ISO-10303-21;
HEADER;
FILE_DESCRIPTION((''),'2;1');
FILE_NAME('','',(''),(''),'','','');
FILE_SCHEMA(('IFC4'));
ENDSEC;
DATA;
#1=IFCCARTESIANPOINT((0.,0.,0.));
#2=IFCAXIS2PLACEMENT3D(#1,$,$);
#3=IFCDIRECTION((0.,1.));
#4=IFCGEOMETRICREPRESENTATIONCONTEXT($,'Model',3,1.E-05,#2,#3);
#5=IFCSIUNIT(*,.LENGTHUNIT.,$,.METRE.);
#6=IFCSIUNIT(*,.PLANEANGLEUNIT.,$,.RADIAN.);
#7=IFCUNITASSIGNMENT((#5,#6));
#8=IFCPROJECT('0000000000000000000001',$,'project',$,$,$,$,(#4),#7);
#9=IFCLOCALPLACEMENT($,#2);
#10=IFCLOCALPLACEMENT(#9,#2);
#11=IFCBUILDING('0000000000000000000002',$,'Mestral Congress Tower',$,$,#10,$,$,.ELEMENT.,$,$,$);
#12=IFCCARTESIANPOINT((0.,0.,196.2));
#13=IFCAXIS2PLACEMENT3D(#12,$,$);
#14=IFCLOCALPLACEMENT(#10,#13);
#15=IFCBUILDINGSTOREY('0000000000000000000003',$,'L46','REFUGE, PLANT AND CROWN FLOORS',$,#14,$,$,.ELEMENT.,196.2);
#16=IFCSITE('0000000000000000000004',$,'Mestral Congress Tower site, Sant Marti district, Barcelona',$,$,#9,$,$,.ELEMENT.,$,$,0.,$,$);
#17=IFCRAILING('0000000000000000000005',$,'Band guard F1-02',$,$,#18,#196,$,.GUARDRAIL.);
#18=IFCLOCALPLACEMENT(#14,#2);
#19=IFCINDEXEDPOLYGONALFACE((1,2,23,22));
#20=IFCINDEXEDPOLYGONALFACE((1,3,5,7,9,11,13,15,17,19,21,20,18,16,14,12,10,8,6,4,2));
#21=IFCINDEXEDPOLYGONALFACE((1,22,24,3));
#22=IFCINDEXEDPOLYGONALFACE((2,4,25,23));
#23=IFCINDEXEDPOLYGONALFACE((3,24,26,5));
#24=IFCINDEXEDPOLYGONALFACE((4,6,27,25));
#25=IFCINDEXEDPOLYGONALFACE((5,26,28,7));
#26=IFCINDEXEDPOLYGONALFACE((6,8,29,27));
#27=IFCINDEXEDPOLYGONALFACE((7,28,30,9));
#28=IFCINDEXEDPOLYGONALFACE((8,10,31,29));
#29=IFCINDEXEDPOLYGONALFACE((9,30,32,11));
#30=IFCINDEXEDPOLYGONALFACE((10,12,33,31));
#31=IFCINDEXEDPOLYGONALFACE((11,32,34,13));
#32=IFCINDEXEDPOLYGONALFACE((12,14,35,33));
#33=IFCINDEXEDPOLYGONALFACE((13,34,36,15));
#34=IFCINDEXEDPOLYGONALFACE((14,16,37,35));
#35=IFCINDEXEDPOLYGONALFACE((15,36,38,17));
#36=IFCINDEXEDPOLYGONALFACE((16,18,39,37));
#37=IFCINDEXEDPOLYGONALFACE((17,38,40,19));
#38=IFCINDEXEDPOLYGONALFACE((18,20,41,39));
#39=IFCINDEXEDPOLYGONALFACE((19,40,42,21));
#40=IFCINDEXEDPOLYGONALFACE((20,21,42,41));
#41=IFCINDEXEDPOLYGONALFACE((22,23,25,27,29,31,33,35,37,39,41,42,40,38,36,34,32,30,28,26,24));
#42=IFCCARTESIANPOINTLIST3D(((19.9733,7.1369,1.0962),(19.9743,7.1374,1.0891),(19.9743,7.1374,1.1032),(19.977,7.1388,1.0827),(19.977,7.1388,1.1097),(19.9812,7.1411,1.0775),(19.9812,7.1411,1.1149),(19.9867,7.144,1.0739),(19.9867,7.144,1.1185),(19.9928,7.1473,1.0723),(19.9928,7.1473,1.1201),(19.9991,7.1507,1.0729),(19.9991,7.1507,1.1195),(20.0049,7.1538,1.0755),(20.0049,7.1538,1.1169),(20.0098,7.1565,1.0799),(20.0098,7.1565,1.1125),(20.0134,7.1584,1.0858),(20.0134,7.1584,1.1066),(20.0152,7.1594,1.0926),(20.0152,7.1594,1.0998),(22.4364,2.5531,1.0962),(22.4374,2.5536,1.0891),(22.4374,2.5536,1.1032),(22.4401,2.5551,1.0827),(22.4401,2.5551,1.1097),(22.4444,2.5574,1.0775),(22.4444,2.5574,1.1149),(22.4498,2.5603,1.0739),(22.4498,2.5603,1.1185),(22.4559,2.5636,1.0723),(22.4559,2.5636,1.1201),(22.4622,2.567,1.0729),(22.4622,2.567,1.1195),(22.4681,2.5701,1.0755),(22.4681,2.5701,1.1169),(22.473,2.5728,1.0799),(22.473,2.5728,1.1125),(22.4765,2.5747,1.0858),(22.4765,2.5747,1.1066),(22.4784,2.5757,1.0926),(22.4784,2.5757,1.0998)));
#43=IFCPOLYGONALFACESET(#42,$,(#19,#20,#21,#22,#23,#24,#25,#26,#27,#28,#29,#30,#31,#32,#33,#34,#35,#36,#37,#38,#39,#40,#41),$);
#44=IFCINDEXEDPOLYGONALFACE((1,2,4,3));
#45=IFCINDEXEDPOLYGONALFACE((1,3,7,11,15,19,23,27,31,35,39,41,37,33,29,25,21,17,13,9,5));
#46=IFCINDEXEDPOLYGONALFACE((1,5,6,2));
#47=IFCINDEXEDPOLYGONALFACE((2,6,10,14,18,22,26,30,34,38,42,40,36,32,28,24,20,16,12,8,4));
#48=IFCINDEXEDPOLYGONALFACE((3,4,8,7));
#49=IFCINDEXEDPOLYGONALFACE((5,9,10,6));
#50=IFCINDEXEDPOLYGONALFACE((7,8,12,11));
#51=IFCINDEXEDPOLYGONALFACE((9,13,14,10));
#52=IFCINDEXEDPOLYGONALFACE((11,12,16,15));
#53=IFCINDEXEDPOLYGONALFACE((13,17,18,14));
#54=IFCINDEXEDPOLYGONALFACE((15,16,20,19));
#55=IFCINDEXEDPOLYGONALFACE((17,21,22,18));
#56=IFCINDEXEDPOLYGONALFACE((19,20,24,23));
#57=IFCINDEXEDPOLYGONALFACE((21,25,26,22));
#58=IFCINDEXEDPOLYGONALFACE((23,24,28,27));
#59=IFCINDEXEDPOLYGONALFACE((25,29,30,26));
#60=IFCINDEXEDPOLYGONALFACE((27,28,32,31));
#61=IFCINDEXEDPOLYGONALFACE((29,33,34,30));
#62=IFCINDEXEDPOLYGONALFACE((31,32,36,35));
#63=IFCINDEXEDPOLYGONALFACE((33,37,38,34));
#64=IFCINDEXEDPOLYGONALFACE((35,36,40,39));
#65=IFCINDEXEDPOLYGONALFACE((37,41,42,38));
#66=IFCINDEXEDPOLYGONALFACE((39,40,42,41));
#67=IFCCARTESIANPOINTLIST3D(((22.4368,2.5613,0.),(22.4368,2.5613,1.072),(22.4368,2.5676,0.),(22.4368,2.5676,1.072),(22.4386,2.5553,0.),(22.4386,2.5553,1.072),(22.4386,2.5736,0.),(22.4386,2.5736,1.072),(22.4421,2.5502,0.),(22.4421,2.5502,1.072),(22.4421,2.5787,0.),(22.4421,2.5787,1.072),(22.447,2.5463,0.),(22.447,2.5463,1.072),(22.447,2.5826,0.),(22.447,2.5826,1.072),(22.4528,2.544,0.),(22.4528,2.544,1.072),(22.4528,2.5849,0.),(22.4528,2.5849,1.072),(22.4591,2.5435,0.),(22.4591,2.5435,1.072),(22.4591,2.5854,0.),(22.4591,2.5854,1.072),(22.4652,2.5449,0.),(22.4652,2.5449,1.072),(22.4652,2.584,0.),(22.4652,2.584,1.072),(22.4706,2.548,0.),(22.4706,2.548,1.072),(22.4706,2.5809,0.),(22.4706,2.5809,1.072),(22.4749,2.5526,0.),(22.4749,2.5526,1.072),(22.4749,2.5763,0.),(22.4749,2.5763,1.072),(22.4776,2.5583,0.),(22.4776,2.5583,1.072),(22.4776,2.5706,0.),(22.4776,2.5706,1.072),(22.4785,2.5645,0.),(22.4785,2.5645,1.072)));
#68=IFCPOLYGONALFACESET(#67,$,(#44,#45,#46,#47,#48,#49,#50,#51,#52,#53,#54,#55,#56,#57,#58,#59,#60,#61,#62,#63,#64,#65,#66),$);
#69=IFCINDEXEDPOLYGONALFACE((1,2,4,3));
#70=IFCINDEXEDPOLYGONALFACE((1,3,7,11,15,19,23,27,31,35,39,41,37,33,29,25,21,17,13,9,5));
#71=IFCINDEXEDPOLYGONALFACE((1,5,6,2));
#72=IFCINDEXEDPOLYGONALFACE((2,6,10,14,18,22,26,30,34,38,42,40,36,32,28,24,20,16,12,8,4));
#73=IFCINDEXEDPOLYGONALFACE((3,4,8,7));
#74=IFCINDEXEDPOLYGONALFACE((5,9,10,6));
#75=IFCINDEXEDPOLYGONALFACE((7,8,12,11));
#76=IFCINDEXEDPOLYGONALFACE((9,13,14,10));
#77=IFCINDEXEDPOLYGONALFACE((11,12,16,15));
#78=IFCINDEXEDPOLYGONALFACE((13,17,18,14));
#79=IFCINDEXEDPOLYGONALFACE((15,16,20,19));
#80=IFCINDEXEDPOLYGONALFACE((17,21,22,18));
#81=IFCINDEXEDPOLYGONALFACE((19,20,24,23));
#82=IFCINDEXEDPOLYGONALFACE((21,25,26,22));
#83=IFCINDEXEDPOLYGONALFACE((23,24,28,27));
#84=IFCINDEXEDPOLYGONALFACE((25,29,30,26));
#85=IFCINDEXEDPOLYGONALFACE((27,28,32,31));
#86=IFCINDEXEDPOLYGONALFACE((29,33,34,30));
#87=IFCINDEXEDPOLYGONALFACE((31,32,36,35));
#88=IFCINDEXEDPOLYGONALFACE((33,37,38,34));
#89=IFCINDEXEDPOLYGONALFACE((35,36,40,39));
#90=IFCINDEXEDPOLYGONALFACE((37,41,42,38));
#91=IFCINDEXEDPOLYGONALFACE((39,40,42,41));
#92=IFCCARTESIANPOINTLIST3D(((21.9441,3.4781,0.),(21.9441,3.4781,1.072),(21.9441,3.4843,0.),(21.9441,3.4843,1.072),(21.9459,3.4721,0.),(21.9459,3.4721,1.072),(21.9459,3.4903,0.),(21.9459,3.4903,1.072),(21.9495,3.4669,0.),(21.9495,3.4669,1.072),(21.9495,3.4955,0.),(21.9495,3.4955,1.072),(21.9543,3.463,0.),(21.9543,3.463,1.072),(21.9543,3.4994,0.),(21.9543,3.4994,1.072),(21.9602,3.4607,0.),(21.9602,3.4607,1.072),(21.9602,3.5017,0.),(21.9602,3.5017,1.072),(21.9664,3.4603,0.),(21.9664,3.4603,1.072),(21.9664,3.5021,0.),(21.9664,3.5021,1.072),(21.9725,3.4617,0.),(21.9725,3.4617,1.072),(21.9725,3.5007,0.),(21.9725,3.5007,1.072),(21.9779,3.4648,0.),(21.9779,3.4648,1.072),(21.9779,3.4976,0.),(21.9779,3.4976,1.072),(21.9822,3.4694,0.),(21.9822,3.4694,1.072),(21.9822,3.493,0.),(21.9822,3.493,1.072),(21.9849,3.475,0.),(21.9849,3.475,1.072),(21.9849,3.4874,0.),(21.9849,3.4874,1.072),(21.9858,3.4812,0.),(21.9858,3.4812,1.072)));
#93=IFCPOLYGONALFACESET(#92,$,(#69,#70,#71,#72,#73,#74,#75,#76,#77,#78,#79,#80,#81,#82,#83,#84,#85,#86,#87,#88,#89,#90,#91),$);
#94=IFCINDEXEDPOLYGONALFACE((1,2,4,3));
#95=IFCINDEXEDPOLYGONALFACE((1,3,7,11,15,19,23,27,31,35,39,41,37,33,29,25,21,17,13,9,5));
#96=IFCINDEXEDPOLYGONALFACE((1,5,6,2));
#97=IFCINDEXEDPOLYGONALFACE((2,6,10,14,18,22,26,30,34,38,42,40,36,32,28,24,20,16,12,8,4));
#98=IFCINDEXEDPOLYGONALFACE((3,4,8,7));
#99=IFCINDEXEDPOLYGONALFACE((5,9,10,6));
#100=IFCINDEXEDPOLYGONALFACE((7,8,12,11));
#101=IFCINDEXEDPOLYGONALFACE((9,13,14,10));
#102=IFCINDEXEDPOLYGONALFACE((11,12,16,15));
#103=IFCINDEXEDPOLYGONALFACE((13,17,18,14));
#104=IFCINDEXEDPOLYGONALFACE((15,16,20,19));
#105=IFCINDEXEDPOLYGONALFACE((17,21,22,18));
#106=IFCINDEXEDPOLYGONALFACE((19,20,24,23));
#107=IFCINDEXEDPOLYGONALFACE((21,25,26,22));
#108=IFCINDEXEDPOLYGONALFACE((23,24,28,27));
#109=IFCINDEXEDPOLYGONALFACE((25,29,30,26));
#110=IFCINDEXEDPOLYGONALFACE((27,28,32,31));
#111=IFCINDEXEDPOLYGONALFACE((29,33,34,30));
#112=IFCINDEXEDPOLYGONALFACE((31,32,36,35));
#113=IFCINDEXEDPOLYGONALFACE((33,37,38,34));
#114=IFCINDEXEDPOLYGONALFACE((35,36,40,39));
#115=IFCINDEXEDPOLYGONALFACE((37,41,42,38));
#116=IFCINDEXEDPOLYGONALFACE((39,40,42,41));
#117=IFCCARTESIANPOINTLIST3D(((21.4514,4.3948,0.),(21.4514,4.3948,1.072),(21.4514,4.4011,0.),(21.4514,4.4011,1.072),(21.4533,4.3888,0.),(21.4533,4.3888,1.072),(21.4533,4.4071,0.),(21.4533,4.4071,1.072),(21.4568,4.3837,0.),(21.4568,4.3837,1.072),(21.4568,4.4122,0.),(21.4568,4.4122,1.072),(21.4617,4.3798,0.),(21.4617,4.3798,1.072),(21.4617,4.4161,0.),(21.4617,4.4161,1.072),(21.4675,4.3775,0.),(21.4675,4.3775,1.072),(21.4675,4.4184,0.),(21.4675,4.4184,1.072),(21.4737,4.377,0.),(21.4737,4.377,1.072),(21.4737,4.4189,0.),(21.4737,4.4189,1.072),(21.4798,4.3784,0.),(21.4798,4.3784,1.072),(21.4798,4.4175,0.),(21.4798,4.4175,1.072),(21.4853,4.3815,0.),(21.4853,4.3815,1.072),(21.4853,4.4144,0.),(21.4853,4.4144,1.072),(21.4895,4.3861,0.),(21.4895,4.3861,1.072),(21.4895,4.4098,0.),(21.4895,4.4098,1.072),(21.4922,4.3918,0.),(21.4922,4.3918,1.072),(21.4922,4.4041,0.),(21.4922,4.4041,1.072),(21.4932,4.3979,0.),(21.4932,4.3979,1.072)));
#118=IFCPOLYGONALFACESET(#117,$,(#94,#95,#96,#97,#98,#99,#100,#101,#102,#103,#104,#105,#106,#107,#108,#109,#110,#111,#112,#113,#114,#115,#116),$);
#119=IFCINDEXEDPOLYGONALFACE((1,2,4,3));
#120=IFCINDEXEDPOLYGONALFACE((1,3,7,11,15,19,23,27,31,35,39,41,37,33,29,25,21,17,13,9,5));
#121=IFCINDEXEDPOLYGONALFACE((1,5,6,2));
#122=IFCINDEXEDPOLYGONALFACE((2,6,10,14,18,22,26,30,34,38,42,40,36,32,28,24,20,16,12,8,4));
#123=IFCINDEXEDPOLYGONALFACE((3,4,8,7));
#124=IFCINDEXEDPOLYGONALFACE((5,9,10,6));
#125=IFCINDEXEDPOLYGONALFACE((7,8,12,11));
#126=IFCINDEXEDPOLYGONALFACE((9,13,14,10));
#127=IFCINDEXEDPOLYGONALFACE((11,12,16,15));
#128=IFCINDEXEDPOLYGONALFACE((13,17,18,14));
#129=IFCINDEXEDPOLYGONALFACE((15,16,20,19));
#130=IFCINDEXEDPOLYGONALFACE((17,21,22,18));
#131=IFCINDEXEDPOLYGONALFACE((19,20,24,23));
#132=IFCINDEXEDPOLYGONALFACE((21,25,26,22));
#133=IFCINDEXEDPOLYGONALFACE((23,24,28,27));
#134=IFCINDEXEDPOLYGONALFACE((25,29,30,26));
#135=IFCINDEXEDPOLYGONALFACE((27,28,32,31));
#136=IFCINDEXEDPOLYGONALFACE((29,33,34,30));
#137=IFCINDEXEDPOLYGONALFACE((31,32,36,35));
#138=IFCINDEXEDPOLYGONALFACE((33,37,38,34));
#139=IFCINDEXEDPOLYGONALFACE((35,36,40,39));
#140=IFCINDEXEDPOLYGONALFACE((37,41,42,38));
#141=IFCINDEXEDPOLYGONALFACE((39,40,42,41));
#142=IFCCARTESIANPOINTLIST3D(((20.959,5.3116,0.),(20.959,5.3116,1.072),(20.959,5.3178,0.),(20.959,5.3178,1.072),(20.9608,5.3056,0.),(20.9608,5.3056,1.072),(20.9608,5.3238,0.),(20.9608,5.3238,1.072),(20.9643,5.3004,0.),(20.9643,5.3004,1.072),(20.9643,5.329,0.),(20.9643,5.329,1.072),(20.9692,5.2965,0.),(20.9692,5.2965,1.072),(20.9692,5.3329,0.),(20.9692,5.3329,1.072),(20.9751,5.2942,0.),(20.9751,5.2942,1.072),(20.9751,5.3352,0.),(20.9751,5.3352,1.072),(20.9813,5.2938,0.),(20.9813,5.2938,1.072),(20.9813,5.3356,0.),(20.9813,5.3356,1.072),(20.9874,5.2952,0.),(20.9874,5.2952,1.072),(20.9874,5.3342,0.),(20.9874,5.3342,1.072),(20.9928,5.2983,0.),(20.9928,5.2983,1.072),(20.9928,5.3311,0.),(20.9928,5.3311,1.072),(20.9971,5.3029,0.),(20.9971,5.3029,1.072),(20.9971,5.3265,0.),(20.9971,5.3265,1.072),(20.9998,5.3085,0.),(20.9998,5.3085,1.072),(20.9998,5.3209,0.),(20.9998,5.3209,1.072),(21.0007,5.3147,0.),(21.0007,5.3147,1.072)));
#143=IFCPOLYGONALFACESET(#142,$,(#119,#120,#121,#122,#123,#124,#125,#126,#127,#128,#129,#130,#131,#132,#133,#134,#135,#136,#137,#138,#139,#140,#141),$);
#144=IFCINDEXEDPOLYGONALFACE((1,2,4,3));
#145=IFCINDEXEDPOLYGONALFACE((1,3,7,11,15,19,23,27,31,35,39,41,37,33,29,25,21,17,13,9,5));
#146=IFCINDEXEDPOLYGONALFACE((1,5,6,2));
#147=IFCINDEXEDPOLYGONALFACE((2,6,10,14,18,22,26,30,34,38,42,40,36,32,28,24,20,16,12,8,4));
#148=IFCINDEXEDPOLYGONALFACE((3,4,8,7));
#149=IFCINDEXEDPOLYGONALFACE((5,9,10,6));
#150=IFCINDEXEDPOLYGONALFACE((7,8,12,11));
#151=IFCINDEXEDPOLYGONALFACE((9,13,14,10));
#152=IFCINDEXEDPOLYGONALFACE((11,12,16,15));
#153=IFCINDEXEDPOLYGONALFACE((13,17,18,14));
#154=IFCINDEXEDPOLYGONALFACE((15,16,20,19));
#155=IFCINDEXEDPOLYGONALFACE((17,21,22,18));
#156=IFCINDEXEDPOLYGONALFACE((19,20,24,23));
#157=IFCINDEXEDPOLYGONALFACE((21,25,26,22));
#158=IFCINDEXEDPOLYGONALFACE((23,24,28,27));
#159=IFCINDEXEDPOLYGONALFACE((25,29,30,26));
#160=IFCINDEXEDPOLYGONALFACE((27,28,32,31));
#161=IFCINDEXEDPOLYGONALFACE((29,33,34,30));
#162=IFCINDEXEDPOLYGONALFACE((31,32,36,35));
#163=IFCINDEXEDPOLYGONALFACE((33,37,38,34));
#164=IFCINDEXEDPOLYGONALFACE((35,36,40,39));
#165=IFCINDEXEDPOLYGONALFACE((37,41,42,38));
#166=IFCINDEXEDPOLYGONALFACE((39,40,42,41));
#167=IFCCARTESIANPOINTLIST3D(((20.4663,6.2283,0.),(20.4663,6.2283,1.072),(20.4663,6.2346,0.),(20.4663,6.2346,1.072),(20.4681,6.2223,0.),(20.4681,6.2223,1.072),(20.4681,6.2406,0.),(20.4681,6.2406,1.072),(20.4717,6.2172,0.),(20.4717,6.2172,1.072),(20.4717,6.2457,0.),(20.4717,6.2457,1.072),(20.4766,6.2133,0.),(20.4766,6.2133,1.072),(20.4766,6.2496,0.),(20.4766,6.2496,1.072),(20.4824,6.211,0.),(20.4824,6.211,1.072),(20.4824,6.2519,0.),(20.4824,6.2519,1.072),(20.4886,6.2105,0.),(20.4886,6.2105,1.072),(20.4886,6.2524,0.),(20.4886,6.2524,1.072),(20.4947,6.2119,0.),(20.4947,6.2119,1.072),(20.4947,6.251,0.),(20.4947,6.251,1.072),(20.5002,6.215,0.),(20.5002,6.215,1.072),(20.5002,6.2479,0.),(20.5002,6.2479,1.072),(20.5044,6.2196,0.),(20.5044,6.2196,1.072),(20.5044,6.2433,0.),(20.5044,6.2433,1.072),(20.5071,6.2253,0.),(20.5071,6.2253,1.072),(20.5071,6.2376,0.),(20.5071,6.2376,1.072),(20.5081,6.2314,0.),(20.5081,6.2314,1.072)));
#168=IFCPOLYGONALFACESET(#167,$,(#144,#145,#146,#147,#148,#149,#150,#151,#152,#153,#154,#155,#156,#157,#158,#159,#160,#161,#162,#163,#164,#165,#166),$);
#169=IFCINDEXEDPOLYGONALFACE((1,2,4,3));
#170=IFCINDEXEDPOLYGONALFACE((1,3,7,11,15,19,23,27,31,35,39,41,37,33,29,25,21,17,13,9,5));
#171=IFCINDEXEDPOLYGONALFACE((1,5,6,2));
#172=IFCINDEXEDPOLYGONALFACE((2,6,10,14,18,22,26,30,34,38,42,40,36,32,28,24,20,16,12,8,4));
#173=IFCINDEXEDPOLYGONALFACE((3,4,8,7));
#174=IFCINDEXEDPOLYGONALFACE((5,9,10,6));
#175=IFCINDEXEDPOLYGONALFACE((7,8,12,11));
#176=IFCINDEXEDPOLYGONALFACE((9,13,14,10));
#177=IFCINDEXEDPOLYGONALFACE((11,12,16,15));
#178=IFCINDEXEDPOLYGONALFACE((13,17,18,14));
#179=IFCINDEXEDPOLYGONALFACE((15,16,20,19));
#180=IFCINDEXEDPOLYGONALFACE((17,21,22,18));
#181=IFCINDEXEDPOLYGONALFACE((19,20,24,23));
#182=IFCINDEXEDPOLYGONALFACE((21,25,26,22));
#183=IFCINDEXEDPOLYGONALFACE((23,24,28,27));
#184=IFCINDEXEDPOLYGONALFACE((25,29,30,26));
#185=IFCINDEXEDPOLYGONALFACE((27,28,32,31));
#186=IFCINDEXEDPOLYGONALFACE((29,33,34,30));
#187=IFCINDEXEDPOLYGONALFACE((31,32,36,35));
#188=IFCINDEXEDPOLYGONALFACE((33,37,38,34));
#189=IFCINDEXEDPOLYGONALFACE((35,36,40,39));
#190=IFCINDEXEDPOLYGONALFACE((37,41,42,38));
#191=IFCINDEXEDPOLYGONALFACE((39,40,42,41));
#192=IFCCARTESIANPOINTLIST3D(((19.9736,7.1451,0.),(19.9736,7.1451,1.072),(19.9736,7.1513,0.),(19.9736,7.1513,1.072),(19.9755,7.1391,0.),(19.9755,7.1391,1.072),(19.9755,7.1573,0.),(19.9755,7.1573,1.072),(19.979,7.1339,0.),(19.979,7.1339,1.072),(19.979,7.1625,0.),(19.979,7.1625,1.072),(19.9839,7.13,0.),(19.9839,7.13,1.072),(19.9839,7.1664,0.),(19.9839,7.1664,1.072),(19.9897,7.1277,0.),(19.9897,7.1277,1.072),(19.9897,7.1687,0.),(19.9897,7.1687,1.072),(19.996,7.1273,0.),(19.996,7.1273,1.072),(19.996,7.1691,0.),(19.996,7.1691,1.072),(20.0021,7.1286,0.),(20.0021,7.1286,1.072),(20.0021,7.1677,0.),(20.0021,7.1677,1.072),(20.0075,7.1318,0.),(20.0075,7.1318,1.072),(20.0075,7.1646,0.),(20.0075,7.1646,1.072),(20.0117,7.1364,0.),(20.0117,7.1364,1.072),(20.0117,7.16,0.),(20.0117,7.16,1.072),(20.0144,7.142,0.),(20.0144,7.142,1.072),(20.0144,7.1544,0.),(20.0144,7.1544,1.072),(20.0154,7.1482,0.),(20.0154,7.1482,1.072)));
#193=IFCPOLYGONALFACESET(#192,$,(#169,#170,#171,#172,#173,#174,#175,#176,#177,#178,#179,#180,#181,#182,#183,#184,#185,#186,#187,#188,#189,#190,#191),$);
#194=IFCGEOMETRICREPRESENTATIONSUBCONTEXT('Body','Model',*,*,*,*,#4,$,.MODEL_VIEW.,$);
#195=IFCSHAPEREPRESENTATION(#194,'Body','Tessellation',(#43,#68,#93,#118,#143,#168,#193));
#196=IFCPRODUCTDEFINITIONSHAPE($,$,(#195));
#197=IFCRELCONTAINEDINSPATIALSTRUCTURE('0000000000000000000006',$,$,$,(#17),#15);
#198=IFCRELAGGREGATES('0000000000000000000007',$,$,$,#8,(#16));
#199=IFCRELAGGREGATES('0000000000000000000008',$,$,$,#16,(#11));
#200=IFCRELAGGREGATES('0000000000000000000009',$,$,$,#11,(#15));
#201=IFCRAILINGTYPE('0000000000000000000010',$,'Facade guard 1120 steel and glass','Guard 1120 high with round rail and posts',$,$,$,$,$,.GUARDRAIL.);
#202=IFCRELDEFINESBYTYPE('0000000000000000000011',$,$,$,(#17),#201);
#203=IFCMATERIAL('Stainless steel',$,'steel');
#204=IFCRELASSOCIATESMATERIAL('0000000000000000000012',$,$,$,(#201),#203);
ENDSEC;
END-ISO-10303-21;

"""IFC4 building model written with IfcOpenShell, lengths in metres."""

from ifc_helpers import new_model, si_unit, direction, frame, origin, origin_2d, place, context, subcontext, project, spatial, circle, extrude, material, type_object, element, save


model = new_model("IFC4")

# Units and contexts
model_context = context("Model", 3, precision=1e-05, world=origin(), true_north=direction((0.0, 1.0)))
body_context = subcontext(model_context, "Body", "Model", "MODEL_VIEW")
ifc_project = project(units=[si_unit("LENGTHUNIT", "METRE"), si_unit("PLANEANGLEUNIT", "RADIAN")], contexts=[model_context])

# Site, building, storey
site_placement = place(None, origin())
site = spatial("IfcSite", under=ifc_project, at=site_placement, Name="Mestral Congress Tower site, Sant Marti district, Barcelona", CompositionType="ELEMENT", RefElevation=0.0)
building_placement = place(site_placement, origin())
building = spatial("IfcBuilding", under=site, at=building_placement, Name="Mestral Congress Tower", CompositionType="ELEMENT")
storey_placement = place(building_placement, frame((0.0, 0.0, 196.2)))
storey = spatial("IfcBuildingStorey", under=building, at=storey_placement, Name="L46", Description="REFUGE, PLANT AND CROWN FLOORS", CompositionType="ELEMENT", Elevation=196.2)

# Railing
ifc_material_1 = material(Name="Stainless steel", Category="steel")
railing_type = type_object("IfcRailingType", Name="Facade guard 1120 steel and glass", Description="Guard 1120 high with round rail and posts", PredefinedType="GUARDRAIL", material=ifc_material_1)
railing_placement = place(storey_placement, frame((22.4575, 2.5645, 0.0)))
element("IfcRailing", 1, at=railing_placement, inside=storey, type_object=railing_type, Name="Band guard F1-02", PredefinedType="GUARDRAIL", context=body_context, shape_type="SweptSolid", body=[
    extrude(circle(Radius=0.0239, at=origin_2d()), frame((0.0, 0.0, 1.0962), z_axis=(-0.47335, 0.880875, 0.0), x_axis=(-0.880875, -0.47335, 0.0)), (0.0, 0.0, 1.0), 5.2036),
    extrude(circle(Radius=0.021, at=origin_2d()), origin(), (0.0, 0.0, 1.0), 1.072),
    extrude(circle(Radius=0.021, at=origin_2d()), frame((-0.4927, 0.9167, 0.0)), (0.0, 0.0, 1.0), 1.072),
    extrude(circle(Radius=0.021, at=origin_2d()), frame((-0.9854, 1.8335, 0.0)), (0.0, 0.0, 1.0), 1.072),
    extrude(circle(Radius=0.021, at=origin_2d()), frame((-1.4778, 2.7502, 0.0)), (0.0, 0.0, 1.0), 1.072),
    extrude(circle(Radius=0.021, at=origin_2d()), frame((-1.9705, 3.667, 0.0)), (0.0, 0.0, 1.0), 1.072),
    extrude(circle(Radius=0.021, at=origin_2d()), frame((-2.4631, 4.5837, 0.0)), (0.0, 0.0, 1.0), 1.072),
])

save(model, "model.ifc")
